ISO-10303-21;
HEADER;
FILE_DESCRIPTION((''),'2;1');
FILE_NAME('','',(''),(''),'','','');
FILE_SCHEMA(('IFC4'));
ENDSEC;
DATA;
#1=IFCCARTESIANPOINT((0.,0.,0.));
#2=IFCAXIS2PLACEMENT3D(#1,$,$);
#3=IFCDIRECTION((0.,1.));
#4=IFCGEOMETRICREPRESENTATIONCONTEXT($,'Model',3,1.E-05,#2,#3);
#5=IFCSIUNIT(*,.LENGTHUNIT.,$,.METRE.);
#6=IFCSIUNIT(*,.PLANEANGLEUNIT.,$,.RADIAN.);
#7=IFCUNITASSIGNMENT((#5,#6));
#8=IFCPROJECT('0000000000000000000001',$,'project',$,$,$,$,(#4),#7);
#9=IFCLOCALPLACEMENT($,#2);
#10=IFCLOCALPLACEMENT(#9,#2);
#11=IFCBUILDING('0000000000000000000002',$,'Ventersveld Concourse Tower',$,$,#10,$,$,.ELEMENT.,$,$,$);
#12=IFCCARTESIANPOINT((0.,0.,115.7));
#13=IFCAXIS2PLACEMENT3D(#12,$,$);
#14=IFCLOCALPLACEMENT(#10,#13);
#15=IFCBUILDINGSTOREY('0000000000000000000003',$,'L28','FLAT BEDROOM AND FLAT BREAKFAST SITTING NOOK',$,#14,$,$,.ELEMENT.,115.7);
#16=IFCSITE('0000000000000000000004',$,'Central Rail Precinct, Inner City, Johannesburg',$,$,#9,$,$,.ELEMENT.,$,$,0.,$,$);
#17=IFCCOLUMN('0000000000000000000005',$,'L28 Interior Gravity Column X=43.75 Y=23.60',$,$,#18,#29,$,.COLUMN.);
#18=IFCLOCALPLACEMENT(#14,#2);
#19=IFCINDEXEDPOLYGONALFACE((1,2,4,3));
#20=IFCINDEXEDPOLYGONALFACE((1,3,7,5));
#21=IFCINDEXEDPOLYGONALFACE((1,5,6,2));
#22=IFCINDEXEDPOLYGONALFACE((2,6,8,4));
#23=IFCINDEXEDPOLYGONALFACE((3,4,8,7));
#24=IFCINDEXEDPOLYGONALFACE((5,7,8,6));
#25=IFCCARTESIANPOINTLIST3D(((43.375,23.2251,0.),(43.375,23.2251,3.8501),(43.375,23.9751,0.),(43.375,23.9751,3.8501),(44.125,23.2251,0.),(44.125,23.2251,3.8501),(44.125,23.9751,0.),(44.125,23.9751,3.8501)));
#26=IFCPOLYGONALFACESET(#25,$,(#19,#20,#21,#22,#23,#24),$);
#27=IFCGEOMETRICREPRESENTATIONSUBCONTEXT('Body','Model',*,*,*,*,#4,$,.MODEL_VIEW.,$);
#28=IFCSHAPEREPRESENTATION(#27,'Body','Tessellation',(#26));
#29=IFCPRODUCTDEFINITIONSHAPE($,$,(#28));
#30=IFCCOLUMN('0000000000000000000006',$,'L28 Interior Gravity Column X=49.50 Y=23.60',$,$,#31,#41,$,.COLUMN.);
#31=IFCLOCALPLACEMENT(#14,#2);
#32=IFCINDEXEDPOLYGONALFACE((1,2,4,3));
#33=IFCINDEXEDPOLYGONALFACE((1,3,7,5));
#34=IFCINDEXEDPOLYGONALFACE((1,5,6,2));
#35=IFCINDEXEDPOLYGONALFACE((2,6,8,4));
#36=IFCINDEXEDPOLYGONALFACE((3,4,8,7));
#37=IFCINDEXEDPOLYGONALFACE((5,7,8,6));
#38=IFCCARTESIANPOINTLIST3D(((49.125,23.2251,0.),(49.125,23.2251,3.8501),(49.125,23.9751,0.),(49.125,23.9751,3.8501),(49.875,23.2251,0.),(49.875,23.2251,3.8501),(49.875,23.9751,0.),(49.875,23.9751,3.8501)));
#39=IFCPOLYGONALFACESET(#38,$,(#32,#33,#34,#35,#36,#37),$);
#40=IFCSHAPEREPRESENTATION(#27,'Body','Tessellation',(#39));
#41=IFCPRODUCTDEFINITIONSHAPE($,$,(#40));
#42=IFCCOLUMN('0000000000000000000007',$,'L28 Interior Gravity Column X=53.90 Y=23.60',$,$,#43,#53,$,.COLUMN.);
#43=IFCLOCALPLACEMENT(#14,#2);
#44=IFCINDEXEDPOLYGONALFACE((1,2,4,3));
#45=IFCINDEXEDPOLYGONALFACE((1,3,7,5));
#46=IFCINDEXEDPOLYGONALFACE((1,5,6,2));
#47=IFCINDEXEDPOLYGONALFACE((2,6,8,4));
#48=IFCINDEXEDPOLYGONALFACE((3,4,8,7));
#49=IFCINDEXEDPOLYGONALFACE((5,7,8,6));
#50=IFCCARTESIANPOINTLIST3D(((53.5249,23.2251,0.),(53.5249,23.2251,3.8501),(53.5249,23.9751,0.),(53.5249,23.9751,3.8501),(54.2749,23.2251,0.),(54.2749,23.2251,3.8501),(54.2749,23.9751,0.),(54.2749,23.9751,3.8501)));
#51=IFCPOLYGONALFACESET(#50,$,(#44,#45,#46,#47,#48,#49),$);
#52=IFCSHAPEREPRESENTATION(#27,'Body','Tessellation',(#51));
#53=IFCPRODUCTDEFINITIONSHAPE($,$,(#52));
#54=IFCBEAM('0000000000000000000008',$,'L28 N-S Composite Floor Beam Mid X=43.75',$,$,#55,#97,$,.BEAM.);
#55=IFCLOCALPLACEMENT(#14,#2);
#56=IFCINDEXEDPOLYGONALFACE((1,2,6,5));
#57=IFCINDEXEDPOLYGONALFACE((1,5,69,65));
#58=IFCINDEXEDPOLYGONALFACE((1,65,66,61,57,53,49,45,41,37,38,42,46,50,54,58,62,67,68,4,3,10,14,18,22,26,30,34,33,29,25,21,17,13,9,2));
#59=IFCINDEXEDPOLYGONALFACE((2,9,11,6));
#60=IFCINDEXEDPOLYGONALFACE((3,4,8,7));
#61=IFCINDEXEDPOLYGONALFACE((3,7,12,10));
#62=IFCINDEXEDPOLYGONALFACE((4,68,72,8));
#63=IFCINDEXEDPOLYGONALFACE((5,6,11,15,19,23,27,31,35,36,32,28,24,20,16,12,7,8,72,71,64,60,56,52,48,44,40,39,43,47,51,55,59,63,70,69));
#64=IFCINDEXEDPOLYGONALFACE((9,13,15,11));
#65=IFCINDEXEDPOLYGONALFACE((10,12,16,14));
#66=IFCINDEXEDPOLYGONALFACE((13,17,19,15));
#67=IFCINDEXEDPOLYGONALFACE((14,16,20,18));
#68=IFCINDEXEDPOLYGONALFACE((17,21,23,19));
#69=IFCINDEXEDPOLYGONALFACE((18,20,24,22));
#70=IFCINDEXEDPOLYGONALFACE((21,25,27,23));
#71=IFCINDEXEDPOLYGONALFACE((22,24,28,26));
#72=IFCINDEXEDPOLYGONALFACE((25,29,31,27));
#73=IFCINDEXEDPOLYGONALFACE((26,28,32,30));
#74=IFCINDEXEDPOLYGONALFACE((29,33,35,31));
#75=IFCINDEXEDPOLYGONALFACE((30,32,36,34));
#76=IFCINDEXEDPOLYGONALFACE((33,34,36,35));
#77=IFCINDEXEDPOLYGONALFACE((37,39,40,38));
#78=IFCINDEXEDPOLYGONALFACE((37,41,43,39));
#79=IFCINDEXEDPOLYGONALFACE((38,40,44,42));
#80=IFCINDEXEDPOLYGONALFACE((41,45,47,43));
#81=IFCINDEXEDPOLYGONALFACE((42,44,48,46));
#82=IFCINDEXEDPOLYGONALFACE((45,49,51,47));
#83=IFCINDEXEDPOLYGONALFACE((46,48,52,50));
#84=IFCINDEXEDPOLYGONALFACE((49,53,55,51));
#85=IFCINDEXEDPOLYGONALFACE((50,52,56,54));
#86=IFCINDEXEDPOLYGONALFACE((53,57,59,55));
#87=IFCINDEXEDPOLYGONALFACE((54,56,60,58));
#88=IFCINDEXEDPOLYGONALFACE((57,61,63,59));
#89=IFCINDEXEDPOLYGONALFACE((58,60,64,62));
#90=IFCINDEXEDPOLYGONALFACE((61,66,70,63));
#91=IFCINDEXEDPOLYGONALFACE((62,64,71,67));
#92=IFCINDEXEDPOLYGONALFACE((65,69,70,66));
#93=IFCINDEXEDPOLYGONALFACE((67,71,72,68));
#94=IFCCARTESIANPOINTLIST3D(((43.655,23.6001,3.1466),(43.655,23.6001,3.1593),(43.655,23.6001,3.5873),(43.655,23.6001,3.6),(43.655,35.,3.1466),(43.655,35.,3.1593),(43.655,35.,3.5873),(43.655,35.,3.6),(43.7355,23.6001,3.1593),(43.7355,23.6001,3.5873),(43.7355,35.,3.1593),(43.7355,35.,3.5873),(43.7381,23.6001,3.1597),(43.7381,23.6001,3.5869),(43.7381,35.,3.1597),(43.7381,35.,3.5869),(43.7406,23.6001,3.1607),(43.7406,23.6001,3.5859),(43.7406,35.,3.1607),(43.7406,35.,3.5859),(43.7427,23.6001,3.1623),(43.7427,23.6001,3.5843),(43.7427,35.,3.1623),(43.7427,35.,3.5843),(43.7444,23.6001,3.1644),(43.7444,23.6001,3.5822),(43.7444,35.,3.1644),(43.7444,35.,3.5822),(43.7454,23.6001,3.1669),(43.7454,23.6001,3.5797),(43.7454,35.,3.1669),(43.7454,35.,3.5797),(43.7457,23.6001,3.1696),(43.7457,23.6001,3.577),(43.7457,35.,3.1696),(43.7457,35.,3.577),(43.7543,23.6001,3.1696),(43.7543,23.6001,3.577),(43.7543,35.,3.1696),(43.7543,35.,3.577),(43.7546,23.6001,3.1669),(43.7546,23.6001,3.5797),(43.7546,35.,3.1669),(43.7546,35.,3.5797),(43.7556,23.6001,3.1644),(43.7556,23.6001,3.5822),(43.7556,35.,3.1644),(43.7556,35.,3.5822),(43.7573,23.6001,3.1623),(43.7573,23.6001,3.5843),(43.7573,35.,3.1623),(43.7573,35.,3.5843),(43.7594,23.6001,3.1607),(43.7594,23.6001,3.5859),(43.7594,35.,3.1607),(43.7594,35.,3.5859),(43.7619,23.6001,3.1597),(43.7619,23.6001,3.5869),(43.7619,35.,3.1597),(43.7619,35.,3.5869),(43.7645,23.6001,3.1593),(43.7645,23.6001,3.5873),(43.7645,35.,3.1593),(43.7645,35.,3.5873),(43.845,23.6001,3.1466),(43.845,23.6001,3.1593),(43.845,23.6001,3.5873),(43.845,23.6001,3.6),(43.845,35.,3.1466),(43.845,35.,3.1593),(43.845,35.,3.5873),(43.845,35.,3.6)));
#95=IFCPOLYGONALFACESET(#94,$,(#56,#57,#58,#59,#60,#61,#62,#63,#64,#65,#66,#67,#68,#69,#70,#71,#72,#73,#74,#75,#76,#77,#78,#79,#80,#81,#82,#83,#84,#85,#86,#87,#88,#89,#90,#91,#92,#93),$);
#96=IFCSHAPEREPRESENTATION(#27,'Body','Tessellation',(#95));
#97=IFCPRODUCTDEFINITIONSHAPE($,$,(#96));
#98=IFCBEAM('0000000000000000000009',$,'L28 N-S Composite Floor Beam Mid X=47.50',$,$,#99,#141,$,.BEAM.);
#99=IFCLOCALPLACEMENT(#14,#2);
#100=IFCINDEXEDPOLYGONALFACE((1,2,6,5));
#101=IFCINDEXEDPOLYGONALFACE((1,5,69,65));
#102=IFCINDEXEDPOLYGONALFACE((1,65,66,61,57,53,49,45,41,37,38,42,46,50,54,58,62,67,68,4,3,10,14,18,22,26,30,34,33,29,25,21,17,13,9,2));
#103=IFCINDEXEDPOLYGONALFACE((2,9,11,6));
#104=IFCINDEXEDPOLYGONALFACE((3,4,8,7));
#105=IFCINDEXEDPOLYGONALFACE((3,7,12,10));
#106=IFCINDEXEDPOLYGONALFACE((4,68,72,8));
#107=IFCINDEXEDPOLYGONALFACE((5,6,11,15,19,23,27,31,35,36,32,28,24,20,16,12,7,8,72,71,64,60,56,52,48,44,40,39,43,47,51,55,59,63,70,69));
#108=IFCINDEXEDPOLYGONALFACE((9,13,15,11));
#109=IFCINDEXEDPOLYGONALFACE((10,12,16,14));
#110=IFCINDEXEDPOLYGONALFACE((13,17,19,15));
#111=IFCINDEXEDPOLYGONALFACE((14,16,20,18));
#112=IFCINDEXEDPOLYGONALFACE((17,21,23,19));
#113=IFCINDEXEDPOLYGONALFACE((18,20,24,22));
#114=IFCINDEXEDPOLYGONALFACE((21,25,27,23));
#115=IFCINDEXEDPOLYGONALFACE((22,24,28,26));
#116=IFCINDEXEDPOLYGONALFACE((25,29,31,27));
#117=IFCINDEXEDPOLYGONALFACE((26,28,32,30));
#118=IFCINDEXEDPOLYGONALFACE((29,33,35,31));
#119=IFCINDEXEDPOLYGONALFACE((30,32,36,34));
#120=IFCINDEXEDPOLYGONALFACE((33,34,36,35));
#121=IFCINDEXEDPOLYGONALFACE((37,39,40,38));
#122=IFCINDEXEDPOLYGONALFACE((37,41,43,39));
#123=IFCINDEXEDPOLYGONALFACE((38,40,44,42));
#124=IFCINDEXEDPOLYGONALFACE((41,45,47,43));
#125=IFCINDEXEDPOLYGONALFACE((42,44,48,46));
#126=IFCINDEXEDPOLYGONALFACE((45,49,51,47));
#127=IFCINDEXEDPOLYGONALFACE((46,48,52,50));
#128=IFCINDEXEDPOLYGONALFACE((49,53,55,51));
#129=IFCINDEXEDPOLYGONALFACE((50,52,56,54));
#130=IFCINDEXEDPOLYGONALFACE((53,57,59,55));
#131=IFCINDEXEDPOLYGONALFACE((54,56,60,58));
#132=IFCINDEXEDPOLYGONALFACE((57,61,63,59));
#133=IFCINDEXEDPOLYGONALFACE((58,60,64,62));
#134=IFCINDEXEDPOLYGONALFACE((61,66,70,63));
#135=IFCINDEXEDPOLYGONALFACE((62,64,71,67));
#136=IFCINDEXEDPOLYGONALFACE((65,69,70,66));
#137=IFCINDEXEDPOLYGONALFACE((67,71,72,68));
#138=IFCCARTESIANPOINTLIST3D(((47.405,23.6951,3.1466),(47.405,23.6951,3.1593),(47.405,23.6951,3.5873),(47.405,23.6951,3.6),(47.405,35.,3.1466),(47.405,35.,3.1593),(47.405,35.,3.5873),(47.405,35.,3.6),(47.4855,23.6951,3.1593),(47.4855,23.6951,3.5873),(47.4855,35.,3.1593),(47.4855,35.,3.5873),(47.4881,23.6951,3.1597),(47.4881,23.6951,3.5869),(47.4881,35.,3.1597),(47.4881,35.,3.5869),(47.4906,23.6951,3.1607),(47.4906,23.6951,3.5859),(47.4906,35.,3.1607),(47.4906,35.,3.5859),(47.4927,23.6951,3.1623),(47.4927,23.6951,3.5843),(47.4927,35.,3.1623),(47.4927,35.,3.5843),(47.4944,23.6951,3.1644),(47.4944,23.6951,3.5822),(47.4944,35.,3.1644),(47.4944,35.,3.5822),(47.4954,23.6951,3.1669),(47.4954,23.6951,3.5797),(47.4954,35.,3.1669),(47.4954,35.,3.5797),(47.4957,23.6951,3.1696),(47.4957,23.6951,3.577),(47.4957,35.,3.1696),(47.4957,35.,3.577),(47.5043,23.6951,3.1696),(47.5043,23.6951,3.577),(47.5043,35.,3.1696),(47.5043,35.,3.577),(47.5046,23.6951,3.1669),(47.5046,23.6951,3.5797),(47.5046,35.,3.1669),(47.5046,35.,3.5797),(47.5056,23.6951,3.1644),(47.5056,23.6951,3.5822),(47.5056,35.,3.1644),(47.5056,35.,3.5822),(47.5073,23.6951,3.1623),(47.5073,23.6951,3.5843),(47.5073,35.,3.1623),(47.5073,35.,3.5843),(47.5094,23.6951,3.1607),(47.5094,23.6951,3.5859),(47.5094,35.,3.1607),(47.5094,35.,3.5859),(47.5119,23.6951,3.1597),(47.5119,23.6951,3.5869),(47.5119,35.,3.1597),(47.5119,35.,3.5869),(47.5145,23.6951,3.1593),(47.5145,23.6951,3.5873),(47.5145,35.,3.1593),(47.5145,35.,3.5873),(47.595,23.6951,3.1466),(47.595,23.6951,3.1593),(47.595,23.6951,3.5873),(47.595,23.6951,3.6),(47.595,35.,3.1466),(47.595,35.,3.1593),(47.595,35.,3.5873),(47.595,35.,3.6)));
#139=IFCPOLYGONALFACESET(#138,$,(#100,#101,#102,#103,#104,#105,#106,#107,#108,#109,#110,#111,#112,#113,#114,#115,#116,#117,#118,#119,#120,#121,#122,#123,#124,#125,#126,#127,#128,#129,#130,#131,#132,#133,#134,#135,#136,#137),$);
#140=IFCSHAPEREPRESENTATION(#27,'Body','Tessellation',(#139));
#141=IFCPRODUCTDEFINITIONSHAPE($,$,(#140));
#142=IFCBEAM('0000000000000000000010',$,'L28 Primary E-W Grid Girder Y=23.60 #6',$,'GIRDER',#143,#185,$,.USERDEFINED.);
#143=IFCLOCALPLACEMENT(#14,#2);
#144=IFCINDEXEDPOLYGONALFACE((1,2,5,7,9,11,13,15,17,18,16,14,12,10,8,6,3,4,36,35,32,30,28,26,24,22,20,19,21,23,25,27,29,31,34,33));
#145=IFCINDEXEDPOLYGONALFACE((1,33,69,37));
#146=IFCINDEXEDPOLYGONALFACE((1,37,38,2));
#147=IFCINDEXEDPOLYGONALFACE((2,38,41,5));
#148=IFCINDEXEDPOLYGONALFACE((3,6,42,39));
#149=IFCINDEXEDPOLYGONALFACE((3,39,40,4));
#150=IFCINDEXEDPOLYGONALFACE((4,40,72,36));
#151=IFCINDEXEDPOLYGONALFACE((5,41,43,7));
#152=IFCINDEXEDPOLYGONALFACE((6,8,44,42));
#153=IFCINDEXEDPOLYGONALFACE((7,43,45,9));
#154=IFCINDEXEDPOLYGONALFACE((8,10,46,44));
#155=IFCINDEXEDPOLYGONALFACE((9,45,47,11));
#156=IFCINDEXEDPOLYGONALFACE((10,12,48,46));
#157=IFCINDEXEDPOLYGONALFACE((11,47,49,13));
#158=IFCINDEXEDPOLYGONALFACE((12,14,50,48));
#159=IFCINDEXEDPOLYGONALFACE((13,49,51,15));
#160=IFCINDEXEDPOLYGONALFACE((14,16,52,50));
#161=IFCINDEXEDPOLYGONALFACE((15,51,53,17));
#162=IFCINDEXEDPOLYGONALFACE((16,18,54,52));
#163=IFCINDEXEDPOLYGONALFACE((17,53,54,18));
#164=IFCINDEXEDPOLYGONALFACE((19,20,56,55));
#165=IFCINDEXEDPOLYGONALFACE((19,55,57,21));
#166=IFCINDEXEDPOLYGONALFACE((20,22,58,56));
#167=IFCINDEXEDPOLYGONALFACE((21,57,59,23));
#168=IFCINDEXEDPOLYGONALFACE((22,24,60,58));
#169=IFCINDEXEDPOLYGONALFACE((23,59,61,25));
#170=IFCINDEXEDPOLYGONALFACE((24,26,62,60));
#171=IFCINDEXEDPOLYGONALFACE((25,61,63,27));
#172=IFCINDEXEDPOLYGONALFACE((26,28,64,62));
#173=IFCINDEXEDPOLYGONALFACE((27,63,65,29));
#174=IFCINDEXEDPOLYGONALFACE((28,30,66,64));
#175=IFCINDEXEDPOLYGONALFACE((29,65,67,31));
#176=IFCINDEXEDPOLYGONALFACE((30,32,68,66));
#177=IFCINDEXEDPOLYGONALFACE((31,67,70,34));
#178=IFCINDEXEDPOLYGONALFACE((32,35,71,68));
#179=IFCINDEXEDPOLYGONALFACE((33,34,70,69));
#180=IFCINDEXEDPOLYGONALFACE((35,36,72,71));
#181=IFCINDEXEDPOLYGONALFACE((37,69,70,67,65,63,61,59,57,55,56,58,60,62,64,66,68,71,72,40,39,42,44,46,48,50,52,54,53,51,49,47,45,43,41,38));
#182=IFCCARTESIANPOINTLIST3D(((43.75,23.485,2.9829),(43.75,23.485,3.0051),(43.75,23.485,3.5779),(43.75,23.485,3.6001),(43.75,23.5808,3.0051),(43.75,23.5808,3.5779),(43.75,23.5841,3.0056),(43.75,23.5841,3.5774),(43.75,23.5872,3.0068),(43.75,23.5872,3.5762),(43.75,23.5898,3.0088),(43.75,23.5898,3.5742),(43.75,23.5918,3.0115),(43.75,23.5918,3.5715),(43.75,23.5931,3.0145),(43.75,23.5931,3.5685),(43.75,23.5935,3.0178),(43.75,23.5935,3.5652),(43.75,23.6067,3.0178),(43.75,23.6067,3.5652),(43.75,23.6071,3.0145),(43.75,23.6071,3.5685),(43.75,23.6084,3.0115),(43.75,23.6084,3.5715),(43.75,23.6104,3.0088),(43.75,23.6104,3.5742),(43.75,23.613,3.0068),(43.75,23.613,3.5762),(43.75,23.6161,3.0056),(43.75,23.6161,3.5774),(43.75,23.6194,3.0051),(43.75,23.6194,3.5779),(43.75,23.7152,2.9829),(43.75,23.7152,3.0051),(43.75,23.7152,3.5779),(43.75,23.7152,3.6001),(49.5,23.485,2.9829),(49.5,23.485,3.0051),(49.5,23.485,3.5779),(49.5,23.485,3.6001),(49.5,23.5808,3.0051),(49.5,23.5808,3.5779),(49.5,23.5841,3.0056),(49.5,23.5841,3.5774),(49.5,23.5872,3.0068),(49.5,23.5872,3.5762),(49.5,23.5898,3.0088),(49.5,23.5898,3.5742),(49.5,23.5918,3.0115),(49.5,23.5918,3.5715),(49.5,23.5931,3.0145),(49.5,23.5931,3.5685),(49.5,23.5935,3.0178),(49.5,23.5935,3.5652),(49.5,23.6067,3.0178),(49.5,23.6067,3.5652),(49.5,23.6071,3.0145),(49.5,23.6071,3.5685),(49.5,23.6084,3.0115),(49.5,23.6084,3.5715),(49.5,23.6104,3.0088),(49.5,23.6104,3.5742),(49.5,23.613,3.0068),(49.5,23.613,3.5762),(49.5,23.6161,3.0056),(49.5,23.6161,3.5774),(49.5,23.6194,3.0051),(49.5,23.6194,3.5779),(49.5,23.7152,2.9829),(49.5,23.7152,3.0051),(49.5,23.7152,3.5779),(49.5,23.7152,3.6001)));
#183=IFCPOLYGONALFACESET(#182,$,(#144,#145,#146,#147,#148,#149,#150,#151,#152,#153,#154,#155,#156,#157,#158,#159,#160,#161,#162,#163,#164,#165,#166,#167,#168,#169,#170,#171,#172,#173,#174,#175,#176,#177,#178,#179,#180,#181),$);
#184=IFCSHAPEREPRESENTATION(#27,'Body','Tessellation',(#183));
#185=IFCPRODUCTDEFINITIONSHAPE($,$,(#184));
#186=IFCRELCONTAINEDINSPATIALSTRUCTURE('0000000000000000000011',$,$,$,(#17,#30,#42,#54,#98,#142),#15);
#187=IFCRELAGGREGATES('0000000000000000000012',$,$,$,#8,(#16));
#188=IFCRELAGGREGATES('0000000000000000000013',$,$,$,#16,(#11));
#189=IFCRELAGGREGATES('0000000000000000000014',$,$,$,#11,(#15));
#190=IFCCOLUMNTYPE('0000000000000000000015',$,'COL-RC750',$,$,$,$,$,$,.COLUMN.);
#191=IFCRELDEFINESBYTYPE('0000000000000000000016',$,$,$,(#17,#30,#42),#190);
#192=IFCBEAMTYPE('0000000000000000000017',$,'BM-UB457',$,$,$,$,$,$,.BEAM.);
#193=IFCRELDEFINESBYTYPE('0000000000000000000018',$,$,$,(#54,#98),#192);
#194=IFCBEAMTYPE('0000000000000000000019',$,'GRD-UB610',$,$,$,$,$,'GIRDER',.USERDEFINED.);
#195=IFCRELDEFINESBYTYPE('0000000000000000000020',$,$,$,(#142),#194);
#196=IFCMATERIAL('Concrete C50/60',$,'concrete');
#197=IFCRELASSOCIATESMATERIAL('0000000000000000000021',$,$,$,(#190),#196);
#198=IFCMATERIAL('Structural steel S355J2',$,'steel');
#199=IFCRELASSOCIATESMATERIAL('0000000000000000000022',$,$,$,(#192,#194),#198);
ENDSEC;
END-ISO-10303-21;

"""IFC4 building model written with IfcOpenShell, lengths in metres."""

from ifc_helpers import new_model, si_unit, direction, frame, origin, origin_2d, place, context, subcontext, project, spatial, rectangle, i_section, extrude, material, material_profile, profile_set, type_object, element, save


model = new_model("IFC4")

# Units and contexts
model_context = context("Model", 3, precision=1e-05, world=origin(), true_north=direction((0.0, 1.0)))
body_context = subcontext(model_context, "Body", "Model", "MODEL_VIEW")
ifc_project = project(units=[si_unit("LENGTHUNIT", "METRE"), si_unit("PLANEANGLEUNIT", "RADIAN")], contexts=[model_context])

# Site, building, storey
site_placement = place(None, origin())
site = spatial("IfcSite", under=ifc_project, at=site_placement, Name="Central Rail Precinct, Inner City, Johannesburg", CompositionType="ELEMENT", RefElevation=0.0)
building_placement = place(site_placement, origin())
building = spatial("IfcBuilding", under=site, at=building_placement, Name="Ventersveld Concourse Tower", CompositionType="ELEMENT")
storey_placement = place(building_placement, frame((0.0, 0.0, 115.7)))
storey = spatial("IfcBuildingStorey", under=building, at=storey_placement, Name="L28", Description="FLAT BEDROOM AND FLAT BREAKFAST SITTING NOOK", CompositionType="ELEMENT", Elevation=115.7)

# Columns
ifc_material_1 = material(Name="Concrete C50/60", Category="concrete")
ifc_material_profile_1 = material_profile(ifc_material_1, rectangle(XDim=0.75, YDim=0.75, at=origin_2d()), Name="RC 750x750")
ifc_profile_set_1 = profile_set([ifc_material_profile_1], Name="Concrete C50/60")
column_type = type_object("IfcColumnType", Name="COL-RC750", PredefinedType="COLUMN", material=ifc_profile_set_1)
for number, where, z_axis, x_axis, name in (
    (1, (43.75, 23.6001, 0.0), (0.0, 0.0, 1.0), (1.0, 0.0, 0.0), "L28 Interior Gravity Column X=43.75 Y=23.60"),
    (2, (49.5, 23.6001, 0.0), (0.0, 0.0, 1.0), (1.0, 0.0, 0.0), "L28 Interior Gravity Column X=49.50 Y=23.60"),
    (3, (53.8999, 23.6001, 0.0), (0.0, 0.0, 1.0), (1.0, 0.0, 0.0), "L28 Interior Gravity Column X=53.90 Y=23.60"),
):
    element("IfcColumn", number, at=place(storey_placement, frame(where, z_axis=z_axis, x_axis=x_axis)), inside=storey, type_object=column_type, Name=name, PredefinedType="COLUMN", context=body_context, shape_type="SweptSolid", body=[
        extrude(rectangle(XDim=0.75, YDim=0.75, at=origin_2d()), origin(), (0.0, 0.0, 1.0), 3.8501),
    ])

# Beams
ifc_material_2 = material(Name="Structural steel S355J2", Category="steel")
ifc_material_profile_2 = material_profile(ifc_material_2, i_section(OverallWidth=0.1899, OverallDepth=0.4534, WebThickness=0.0085, FlangeThickness=0.0127, FilletRadius=0.0103, at=origin_2d()), Name="UB 457x191x67")
ifc_profile_set_2 = profile_set([ifc_material_profile_2], Name="Structural steel S355J2")
beam_type_1 = type_object("IfcBeamType", Name="BM-UB457", PredefinedType="BEAM", material=ifc_profile_set_2)
beam_1_placement = place(storey_placement, frame((43.75, 23.6001, 3.3733), z_axis=(0.0, 1.0, 0.0), x_axis=(-1.0, 0.0, 0.0)))
element("IfcBeam", 4, at=beam_1_placement, inside=storey, type_object=beam_type_1, Name="L28 N-S Composite Floor Beam Mid X=43.75", PredefinedType="BEAM", context=body_context, shape_type="SweptSolid", body=[
    extrude(i_section(OverallWidth=0.1899, OverallDepth=0.4534, WebThickness=0.0085, FlangeThickness=0.0127, FilletRadius=0.0103, at=origin_2d()), origin(), (0.0, 0.0, 1.0), 11.3999),
])
beam_2_placement = place(storey_placement, frame((47.5, 23.6951, 3.3733), z_axis=(0.0, 1.0, 0.0), x_axis=(-1.0, 0.0, 0.0)))
element("IfcBeam", 5, at=beam_2_placement, inside=storey, type_object=beam_type_1, Name="L28 N-S Composite Floor Beam Mid X=47.50", PredefinedType="BEAM", context=body_context, shape_type="SweptSolid", body=[
    extrude(i_section(OverallWidth=0.1899, OverallDepth=0.4534, WebThickness=0.0085, FlangeThickness=0.0127, FilletRadius=0.0103, at=origin_2d()), origin(), (0.0, 0.0, 1.0), 11.3049),
])
ifc_material_profile_3 = material_profile(ifc_material_2, i_section(OverallWidth=0.2302, OverallDepth=0.6172, WebThickness=0.0132, FlangeThickness=0.0222, FilletRadius=0.0127, at=origin_2d()), Name="UB 610x229x140")
ifc_profile_set_3 = profile_set([ifc_material_profile_3], Name="Structural steel S355J2")
beam_type_2 = type_object("IfcBeamType", Name="GRD-UB610", ElementType="GIRDER", PredefinedType="USERDEFINED", material=ifc_profile_set_3)
beam_3_placement = place(storey_placement, frame((43.75, 23.6001, 3.2915), z_axis=(1.0, 0.0, 0.0), x_axis=(0.0, 1.0, 0.0)))
element("IfcBeam", 6, at=beam_3_placement, inside=storey, type_object=beam_type_2, Name="L28 Primary E-W Grid Girder Y=23.60 #6", ObjectType="GIRDER", PredefinedType="USERDEFINED", context=body_context, shape_type="SweptSolid", body=[
    extrude(i_section(OverallWidth=0.2302, OverallDepth=0.6172, WebThickness=0.0132, FlangeThickness=0.0222, FilletRadius=0.0127, at=origin_2d()), origin(), (0.0, 0.0, 1.0), 5.75),
])

save(model, "model.ifc")
